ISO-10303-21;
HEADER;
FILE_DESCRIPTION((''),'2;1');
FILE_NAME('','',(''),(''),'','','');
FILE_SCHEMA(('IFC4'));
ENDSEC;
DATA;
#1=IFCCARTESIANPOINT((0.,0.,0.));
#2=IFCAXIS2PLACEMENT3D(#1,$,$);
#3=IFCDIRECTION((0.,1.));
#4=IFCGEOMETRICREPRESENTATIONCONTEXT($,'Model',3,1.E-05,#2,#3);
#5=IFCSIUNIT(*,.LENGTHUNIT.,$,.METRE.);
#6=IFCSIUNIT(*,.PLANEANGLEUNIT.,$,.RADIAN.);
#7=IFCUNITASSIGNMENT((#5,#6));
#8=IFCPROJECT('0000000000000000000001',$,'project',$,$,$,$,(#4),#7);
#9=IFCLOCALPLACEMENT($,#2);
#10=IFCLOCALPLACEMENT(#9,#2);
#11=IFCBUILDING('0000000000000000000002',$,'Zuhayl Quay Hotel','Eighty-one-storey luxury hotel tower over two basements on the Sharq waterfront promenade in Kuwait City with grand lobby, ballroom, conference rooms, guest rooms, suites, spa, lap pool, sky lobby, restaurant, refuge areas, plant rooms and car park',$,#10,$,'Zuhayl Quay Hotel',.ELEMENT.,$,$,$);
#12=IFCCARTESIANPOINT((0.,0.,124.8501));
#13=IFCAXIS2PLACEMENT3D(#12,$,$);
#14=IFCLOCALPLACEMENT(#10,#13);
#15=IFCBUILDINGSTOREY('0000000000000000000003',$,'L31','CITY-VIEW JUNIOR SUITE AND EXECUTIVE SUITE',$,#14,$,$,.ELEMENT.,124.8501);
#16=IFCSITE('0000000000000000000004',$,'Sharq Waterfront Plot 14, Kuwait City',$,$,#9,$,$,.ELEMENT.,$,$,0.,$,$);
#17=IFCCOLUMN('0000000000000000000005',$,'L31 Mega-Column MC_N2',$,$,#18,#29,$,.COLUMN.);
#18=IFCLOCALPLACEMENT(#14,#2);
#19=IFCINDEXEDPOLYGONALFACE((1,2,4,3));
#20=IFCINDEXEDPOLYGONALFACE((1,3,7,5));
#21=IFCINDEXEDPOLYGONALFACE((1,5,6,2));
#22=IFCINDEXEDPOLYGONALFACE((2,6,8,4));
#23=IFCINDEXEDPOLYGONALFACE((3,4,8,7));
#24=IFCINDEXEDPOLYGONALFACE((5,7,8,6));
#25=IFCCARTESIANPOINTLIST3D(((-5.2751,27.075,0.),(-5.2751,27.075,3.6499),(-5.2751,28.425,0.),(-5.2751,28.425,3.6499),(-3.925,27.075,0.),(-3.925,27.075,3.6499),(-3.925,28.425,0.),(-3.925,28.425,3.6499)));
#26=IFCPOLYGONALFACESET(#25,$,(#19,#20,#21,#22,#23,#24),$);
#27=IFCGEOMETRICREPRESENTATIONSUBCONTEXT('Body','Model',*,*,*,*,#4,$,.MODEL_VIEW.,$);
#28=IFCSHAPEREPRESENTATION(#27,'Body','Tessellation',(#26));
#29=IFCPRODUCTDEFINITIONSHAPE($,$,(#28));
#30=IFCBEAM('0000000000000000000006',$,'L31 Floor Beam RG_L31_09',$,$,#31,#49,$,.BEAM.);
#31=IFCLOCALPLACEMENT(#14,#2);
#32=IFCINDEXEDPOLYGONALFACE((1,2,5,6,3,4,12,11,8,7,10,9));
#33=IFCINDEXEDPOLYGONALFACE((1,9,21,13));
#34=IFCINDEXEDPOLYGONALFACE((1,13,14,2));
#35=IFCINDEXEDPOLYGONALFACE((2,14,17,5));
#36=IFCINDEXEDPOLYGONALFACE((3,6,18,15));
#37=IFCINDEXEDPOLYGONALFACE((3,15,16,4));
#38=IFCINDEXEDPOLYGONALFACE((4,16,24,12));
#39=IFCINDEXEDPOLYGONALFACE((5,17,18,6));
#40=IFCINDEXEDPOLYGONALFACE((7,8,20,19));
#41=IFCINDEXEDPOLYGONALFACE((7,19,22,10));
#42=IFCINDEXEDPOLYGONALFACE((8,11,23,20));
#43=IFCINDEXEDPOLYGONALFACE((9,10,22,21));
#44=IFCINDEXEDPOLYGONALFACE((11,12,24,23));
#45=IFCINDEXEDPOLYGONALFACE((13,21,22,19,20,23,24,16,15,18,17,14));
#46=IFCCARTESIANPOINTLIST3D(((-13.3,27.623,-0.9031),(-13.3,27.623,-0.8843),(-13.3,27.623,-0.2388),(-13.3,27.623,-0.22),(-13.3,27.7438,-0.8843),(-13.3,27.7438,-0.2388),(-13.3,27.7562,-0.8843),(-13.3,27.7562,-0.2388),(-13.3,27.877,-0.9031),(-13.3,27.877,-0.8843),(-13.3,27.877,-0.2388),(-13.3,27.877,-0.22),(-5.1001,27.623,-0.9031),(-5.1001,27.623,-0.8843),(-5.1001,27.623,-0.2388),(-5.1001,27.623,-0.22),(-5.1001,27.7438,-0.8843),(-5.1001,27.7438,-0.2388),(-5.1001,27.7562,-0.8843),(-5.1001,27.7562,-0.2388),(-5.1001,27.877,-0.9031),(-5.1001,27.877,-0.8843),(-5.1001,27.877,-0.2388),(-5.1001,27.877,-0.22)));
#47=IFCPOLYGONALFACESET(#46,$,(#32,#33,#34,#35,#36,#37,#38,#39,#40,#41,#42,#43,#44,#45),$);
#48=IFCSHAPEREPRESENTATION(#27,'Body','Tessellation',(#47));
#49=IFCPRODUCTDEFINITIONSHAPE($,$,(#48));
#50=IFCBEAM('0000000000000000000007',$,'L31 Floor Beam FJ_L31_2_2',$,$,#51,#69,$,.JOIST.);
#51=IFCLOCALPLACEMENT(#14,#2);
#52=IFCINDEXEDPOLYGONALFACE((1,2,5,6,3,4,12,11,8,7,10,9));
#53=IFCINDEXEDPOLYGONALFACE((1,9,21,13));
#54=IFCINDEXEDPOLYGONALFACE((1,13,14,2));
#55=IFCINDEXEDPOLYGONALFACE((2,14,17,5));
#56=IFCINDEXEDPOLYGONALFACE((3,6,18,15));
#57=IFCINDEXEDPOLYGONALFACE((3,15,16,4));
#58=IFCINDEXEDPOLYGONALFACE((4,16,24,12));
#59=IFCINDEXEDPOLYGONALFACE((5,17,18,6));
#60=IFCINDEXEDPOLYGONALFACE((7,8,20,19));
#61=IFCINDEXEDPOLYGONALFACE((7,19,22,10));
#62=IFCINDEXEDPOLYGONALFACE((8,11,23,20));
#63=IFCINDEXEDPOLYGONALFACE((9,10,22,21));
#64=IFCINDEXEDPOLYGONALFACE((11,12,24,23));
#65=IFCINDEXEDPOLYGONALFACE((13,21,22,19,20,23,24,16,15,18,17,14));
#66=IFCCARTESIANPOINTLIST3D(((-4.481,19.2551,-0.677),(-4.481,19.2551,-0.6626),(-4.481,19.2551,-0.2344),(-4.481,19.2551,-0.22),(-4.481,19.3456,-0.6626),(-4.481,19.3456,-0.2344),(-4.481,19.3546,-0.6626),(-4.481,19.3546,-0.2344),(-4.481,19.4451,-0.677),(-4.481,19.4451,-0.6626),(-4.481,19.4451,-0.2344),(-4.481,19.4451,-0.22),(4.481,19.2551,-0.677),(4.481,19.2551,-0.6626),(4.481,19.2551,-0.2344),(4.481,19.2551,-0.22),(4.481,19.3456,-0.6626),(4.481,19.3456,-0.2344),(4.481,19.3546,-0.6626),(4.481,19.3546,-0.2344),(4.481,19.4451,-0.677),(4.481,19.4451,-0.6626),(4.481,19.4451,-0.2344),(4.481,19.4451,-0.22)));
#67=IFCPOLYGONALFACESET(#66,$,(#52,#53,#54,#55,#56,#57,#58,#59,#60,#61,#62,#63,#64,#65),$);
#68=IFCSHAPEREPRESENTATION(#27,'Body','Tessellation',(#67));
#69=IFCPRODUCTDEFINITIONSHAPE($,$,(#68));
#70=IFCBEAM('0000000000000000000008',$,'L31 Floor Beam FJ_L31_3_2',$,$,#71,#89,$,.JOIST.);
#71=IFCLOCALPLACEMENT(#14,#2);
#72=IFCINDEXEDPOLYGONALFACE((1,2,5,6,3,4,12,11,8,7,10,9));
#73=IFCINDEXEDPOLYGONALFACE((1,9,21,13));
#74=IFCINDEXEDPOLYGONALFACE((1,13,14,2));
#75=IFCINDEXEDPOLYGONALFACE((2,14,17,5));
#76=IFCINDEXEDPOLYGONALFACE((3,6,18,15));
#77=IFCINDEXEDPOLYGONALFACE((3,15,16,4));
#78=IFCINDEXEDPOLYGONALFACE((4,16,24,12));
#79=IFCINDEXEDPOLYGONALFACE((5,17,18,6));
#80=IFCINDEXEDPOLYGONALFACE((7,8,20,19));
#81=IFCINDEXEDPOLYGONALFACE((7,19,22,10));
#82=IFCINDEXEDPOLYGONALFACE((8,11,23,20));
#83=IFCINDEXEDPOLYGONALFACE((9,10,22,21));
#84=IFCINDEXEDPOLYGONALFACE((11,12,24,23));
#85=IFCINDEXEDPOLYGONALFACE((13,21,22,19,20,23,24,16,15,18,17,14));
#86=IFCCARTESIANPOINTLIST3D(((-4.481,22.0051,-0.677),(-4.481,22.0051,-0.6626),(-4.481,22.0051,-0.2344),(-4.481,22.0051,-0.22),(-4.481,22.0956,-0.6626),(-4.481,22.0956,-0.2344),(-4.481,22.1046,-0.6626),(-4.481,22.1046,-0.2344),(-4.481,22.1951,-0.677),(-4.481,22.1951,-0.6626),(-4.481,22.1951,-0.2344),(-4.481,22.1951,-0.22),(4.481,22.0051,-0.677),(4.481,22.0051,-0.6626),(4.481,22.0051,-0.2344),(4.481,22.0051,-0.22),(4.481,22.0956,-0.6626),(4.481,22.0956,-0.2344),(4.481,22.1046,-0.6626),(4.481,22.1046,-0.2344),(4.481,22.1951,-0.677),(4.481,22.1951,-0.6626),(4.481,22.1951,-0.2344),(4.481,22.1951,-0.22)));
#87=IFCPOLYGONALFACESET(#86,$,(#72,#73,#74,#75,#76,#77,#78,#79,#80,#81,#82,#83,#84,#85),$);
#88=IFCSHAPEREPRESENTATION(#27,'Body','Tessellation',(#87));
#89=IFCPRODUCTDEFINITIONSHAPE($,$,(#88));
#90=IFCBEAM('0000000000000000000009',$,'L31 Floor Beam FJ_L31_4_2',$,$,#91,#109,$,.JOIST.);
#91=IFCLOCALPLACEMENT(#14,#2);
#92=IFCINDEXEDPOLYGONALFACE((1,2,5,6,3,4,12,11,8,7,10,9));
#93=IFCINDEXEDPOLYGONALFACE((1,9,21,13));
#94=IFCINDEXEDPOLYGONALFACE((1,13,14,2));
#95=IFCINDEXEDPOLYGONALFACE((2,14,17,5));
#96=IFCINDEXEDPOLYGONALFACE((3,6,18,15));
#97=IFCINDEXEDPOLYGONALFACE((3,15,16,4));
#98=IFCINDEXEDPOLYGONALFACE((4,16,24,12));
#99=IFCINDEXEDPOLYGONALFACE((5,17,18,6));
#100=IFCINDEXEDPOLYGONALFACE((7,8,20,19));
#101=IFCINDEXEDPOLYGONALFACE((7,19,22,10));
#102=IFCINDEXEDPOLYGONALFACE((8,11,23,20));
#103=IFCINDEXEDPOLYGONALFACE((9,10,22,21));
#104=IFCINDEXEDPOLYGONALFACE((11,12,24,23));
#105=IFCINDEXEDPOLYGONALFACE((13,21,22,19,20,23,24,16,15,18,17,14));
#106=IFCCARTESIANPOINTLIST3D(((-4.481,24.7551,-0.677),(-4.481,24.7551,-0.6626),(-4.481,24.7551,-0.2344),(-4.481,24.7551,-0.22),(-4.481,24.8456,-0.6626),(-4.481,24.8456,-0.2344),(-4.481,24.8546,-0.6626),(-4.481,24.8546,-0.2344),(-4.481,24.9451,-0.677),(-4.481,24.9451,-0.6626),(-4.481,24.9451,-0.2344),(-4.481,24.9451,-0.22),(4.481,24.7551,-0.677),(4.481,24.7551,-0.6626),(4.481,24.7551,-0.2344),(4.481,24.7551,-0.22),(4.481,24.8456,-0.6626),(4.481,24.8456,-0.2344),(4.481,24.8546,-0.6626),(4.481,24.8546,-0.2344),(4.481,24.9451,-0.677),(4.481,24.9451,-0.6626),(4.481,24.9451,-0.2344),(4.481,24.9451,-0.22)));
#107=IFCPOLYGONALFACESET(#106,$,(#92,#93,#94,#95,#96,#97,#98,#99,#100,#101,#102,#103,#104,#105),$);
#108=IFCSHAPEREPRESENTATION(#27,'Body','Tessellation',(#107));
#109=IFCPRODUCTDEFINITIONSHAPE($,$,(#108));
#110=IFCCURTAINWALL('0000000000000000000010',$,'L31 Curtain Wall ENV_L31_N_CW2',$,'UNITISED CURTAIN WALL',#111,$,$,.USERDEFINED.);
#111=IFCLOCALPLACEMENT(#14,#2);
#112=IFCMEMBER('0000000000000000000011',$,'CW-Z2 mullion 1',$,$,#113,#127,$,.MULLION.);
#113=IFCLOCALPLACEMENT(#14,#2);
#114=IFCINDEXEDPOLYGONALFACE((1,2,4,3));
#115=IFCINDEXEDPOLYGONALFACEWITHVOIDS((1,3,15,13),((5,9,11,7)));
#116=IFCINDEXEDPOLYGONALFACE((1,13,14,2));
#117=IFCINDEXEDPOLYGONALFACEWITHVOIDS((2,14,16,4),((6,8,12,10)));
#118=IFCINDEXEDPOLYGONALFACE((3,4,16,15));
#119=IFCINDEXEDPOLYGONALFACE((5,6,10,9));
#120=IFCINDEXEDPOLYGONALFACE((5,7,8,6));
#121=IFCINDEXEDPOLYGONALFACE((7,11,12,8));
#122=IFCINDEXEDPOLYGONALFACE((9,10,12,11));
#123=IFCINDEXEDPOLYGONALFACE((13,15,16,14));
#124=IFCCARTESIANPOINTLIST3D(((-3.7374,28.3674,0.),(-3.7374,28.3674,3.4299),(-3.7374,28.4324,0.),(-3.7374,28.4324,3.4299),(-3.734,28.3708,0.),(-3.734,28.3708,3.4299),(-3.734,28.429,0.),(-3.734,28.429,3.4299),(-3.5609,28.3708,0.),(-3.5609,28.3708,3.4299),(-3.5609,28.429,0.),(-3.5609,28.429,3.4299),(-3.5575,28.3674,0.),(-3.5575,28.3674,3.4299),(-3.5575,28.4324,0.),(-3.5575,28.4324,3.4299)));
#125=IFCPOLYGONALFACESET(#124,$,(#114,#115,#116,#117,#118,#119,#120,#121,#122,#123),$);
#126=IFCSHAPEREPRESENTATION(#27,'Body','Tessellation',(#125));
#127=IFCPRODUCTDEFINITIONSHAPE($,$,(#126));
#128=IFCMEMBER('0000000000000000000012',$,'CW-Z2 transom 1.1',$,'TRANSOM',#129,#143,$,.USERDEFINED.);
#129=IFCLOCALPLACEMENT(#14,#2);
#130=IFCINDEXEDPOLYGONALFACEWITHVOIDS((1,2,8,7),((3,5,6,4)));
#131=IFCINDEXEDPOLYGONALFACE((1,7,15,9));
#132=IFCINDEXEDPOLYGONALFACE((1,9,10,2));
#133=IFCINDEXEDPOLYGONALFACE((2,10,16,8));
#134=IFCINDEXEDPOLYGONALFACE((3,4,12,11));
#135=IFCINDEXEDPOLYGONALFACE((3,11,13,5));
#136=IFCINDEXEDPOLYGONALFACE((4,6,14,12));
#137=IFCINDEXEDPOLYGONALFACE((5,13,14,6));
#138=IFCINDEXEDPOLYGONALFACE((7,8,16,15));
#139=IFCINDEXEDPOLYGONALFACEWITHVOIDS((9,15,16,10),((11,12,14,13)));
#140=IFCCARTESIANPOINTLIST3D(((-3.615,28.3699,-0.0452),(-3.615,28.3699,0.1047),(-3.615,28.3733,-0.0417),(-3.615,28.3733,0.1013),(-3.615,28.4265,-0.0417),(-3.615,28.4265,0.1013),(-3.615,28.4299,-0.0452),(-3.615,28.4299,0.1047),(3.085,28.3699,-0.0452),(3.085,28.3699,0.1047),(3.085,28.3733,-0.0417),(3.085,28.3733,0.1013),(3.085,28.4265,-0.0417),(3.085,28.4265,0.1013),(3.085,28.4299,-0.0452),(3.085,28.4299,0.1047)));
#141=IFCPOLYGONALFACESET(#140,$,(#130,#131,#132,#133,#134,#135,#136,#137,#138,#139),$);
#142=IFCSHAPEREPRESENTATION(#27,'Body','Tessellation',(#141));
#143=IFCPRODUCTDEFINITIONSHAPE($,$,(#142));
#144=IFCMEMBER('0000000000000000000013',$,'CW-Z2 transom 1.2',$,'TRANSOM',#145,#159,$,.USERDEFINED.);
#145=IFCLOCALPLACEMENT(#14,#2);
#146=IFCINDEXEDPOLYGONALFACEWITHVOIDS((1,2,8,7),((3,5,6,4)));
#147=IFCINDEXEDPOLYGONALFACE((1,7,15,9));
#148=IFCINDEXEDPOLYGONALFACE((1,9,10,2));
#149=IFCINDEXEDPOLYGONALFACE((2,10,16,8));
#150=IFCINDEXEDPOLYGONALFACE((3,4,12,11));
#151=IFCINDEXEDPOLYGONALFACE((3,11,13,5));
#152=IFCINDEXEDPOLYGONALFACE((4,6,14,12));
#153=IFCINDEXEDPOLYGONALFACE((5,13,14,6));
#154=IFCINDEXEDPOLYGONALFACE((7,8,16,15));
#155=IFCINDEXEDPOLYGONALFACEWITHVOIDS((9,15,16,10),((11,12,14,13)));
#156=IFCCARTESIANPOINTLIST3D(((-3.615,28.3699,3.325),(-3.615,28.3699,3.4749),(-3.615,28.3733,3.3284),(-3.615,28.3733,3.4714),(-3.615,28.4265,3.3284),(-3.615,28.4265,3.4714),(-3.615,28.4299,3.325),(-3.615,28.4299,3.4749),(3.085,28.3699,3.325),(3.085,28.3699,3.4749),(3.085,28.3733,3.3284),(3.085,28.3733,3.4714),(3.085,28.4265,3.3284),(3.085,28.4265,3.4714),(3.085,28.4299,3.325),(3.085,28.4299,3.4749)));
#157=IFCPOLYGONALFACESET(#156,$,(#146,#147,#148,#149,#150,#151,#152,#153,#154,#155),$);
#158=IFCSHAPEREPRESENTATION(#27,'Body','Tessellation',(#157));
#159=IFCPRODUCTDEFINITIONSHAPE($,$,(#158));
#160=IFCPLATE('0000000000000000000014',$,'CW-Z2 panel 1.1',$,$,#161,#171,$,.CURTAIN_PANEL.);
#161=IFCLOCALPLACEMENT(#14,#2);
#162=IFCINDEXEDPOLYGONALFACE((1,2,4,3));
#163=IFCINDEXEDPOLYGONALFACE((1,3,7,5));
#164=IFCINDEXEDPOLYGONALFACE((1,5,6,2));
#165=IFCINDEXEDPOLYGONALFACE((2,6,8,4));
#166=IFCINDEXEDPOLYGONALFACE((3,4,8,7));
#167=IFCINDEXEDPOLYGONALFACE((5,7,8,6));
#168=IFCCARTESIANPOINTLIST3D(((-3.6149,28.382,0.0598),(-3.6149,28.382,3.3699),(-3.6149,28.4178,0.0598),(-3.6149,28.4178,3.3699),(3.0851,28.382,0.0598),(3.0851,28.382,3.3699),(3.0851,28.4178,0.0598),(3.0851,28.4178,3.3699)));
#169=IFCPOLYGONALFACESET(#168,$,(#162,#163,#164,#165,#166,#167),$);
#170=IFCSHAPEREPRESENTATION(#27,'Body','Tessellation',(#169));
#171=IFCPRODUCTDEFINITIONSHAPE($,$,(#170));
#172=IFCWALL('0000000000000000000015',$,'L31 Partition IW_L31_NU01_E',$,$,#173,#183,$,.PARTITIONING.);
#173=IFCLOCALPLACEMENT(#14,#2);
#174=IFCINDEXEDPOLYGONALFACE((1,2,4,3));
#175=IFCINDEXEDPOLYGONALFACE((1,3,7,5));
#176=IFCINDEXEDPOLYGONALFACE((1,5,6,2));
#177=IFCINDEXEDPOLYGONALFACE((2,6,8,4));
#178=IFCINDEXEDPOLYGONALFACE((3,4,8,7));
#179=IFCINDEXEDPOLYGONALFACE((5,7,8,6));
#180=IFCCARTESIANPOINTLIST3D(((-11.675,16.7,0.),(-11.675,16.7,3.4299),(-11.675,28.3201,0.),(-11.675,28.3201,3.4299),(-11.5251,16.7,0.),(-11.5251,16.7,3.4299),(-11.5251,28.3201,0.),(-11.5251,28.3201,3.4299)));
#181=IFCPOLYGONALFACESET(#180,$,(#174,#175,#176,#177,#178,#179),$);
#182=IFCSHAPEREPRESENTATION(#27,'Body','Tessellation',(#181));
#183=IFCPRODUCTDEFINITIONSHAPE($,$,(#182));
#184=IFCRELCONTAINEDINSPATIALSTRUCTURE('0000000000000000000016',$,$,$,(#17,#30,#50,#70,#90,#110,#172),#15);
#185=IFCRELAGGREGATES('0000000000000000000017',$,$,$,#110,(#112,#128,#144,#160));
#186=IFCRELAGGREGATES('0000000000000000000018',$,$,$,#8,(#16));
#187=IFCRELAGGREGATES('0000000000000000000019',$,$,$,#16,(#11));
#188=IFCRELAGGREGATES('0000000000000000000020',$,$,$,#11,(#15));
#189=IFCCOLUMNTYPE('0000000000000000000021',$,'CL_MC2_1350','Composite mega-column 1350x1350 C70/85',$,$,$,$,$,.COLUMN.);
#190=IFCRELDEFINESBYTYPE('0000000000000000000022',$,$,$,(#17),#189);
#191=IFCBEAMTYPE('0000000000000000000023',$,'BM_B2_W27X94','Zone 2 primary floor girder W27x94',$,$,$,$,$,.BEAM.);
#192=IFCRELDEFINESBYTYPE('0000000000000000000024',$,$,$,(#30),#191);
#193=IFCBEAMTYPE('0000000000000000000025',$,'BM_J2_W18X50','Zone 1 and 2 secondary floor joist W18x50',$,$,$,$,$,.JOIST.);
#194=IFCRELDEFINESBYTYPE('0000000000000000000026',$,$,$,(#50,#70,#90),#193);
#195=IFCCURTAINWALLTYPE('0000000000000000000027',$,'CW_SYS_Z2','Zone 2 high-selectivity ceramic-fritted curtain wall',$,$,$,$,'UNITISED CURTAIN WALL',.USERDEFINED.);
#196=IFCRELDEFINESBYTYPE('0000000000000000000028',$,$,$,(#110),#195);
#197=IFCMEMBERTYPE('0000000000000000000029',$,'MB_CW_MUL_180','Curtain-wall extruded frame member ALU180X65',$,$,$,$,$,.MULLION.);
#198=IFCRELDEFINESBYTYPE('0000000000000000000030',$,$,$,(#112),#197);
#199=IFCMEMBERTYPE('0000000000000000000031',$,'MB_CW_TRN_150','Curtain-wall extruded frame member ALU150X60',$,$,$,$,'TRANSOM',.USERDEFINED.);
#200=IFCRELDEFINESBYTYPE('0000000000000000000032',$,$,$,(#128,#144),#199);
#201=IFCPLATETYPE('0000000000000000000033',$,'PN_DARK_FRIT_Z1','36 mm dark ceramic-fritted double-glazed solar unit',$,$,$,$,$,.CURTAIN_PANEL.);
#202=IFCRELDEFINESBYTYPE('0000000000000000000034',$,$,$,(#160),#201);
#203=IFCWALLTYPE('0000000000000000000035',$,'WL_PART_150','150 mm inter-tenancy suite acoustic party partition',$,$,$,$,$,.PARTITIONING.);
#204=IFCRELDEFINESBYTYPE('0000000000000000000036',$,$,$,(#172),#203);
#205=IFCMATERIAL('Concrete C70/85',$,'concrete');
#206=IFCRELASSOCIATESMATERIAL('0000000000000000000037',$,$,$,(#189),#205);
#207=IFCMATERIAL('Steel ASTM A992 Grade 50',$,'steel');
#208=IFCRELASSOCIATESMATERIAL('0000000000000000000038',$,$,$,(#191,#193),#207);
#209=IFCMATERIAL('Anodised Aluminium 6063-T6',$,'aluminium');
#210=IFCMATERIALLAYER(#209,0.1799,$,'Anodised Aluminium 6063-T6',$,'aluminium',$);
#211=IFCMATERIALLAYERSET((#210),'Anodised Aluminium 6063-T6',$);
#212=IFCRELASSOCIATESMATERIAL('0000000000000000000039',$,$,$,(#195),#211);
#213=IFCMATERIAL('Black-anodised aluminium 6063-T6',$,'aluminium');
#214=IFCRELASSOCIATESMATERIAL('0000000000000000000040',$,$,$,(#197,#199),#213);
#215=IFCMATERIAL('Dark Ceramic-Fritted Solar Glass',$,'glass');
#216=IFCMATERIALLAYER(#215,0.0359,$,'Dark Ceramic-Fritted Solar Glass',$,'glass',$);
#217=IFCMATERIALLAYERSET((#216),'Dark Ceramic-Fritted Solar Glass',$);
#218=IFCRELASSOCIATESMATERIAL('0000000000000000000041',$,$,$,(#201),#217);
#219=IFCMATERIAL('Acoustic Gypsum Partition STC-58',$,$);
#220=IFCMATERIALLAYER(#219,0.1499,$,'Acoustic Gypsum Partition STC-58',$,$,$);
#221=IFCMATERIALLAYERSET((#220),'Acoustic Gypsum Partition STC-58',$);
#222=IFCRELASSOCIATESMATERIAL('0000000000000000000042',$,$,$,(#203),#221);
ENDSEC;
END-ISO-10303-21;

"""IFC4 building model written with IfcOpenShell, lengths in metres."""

from ifc_helpers import new_model, si_unit, direction, frame, frame_2d, origin, origin_2d, place, context, subcontext, project, spatial, rectangle, hollow_rectangle, i_section, extrude, material, layer, layer_set, material_profile, profile_set, type_object, element, aggregate, save


model = new_model("IFC4")

# Units and contexts
model_context = context("Model", 3, precision=1e-05, world=origin(), true_north=direction((0.0, 1.0)))
body_context = subcontext(model_context, "Body", "Model", "MODEL_VIEW")
ifc_project = project(units=[si_unit("LENGTHUNIT", "METRE"), si_unit("PLANEANGLEUNIT", "RADIAN")], contexts=[model_context])

# Site, building, storey
site_placement = place(None, origin())
site = spatial("IfcSite", under=ifc_project, at=site_placement, Name="Sharq Waterfront Plot 14, Kuwait City", CompositionType="ELEMENT", RefElevation=0.0)
building_placement = place(site_placement, origin())
building = spatial("IfcBuilding", under=site, at=building_placement, Name="Zuhayl Quay Hotel", Description="Eighty-one-storey luxury hotel tower over two basements on the Sharq waterfront promenade in Kuwait City with grand lobby, ballroom, conference rooms, guest rooms, suites, spa, lap pool, sky lobby, restaurant, refuge areas, plant rooms and car park", LongName="Zuhayl Quay Hotel", CompositionType="ELEMENT")
storey_placement = place(building_placement, frame((0.0, 0.0, 124.8501)))
storey = spatial("IfcBuildingStorey", under=building, at=storey_placement, Name="L31", Description="CITY-VIEW JUNIOR SUITE AND EXECUTIVE SUITE", CompositionType="ELEMENT", Elevation=124.8501)

# Column
ifc_material_1 = material(Name="Concrete C70/85", Category="concrete")
ifc_material_profile_1 = material_profile(ifc_material_1, rectangle(XDim=1.3501, YDim=1.3501, at=origin_2d()), Name="RC1350X1350")
ifc_profile_set_1 = profile_set([ifc_material_profile_1], Name="Concrete C70/85")
column_type = type_object("IfcColumnType", Name="CL_MC2_1350", Description="Composite mega-column 1350x1350 C70/85", PredefinedType="COLUMN", material=ifc_profile_set_1)
column_placement = place(storey_placement, frame((-4.6001, 27.75, 0.0), z_axis=(0.0, 0.0, 1.0), x_axis=(1.0, 0.0, 0.0)))
element("IfcColumn", 1, at=column_placement, inside=storey, type_object=column_type, Name="L31 Mega-Column MC_N2", PredefinedType="COLUMN", context=body_context, shape_type="SweptSolid", body=[
    extrude(rectangle(XDim=1.3501, YDim=1.3501, at=origin_2d()), origin(), (0.0, 0.0, 1.0), 3.6499),
])

# Beams
ifc_material_2 = material(Name="Steel ASTM A992 Grade 50", Category="steel")
ifc_material_profile_2 = material_profile(ifc_material_2, i_section(OverallWidth=0.2539, OverallDepth=0.6831, WebThickness=0.0125, FlangeThickness=0.0188, at=origin_2d()), Name="W27X94")
ifc_profile_set_2 = profile_set([ifc_material_profile_2], Name="Steel ASTM A992 Grade 50")
beam_type_1 = type_object("IfcBeamType", Name="BM_B2_W27X94", Description="Zone 2 primary floor girder W27x94", PredefinedType="BEAM", material=ifc_profile_set_2)
beam_placement = place(storey_placement, frame((-5.1001, 27.75, -0.5615), z_axis=(-1.0, 0.0, 0.0), x_axis=(0.0, -1.0, 0.0)))
element("IfcBeam", 2, at=beam_placement, inside=storey, type_object=beam_type_1, Name="L31 Floor Beam RG_L31_09", PredefinedType="BEAM", context=body_context, shape_type="SweptSolid", body=[
    extrude(i_section(OverallWidth=0.2539, OverallDepth=0.6831, WebThickness=0.0125, FlangeThickness=0.0188, at=origin_2d()), origin(), (0.0, 0.0, 1.0), 8.2),
])
ifc_material_profile_3 = material_profile(ifc_material_2, i_section(OverallWidth=0.1899, OverallDepth=0.457, WebThickness=0.009, FlangeThickness=0.0144, at=origin_2d()), Name="W18X50")
ifc_profile_set_3 = profile_set([ifc_material_profile_3], Name="Steel ASTM A992 Grade 50")
beam_type_2 = type_object("IfcBeamType", Name="BM_J2_W18X50", Description="Zone 1 and 2 secondary floor joist W18x50", PredefinedType="JOIST", material=ifc_profile_set_3)
for number, where, z_axis, x_axis, name in (
    (3, (-4.481, 19.3501, -0.4485), (1.0, 0.0, 0.0), (0.0, 1.0, 0.0), "L31 Floor Beam FJ_L31_2_2"),
    (4, (-4.481, 22.1001, -0.4485), (1.0, 0.0, 0.0), (0.0, 1.0, 0.0), "L31 Floor Beam FJ_L31_3_2"),
    (5, (-4.481, 24.8501, -0.4485), (1.0, 0.0, 0.0), (0.0, 1.0, 0.0), "L31 Floor Beam FJ_L31_4_2"),
):
    element("IfcBeam", number, at=place(storey_placement, frame(where, z_axis=z_axis, x_axis=x_axis)), inside=storey, type_object=beam_type_2, Name=name, PredefinedType="JOIST", context=body_context, shape_type="SweptSolid", body=[
        extrude(i_section(OverallWidth=0.1899, OverallDepth=0.457, WebThickness=0.009, FlangeThickness=0.0144, at=origin_2d()), origin(), (0.0, 0.0, 1.0), 8.9619),
    ])

# Curtain wall, members, plate
ifc_material_3 = material(Name="Anodised Aluminium 6063-T6", Category="aluminium")
ifc_layer_1 = layer(ifc_material_3, 0.1799, Name="Anodised Aluminium 6063-T6", Category="aluminium")
ifc_layer_set_1 = layer_set([ifc_layer_1], Name="Anodised Aluminium 6063-T6")
curtain_wall_type = type_object("IfcCurtainWallType", Name="CW_SYS_Z2", Description="Zone 2 high-selectivity ceramic-fritted curtain wall", ElementType="UNITISED CURTAIN WALL", PredefinedType="USERDEFINED", material=ifc_layer_set_1)
curtain_wall_placement = place(storey_placement, origin())
curtain_wall = element("IfcCurtainWall", 6, at=curtain_wall_placement, inside=storey, type_object=curtain_wall_type, Name="L31 Curtain Wall ENV_L31_N_CW2", ObjectType="UNITISED CURTAIN WALL", PredefinedType="USERDEFINED")
ifc_material_4 = material(Name="Black-anodised aluminium 6063-T6", Category="aluminium")
ifc_material_profile_4 = material_profile(ifc_material_4, hollow_rectangle(XDim=0.0649, YDim=0.1799, WallThickness=0.0034, at=origin_2d()), Name="ALU180X65")
ifc_profile_set_4 = profile_set([ifc_material_profile_4], Name="Black-anodised aluminium 6063-T6")
member_type_1 = type_object("IfcMemberType", Name="MB_CW_MUL_180", Description="Curtain-wall extruded frame member ALU180X65", PredefinedType="MULLION", material=ifc_profile_set_4)
member_1_placement = place(storey_placement, frame((-3.6475, 28.3999, 0.0), z_axis=(0.0, 0.0, 1.0), x_axis=(0.0, 1.0, 0.0)))
member_1 = element("IfcMember", 7, at=member_1_placement, type_object=member_type_1, Name="CW-Z2 mullion 1", PredefinedType="MULLION", context=body_context, shape_type="SweptSolid", body=[
    extrude(hollow_rectangle(XDim=0.0649, YDim=0.1799, WallThickness=0.0034, at=origin_2d()), origin(), (0.0, 0.0, 1.0), 3.4299),
])
ifc_material_profile_5 = material_profile(ifc_material_4, hollow_rectangle(XDim=0.0601, YDim=0.1499, WallThickness=0.0034, at=origin_2d()), Name="ALU150X60")
ifc_profile_set_5 = profile_set([ifc_material_profile_5], Name="Black-anodised aluminium 6063-T6")
member_type_2 = type_object("IfcMemberType", Name="MB_CW_TRN_150", Description="Curtain-wall extruded frame member ALU150X60", ElementType="TRANSOM", PredefinedType="USERDEFINED", material=ifc_profile_set_5)
member_2_placement = place(storey_placement, frame((-3.615, 28.3999, 0.0298), z_axis=(1.0, 0.0, 0.0), x_axis=(0.0, 1.0, 0.0)))
member_2 = element("IfcMember", 8, at=member_2_placement, type_object=member_type_2, Name="CW-Z2 transom 1.1", ObjectType="TRANSOM", PredefinedType="USERDEFINED", context=body_context, shape_type="SweptSolid", body=[
    extrude(hollow_rectangle(XDim=0.0601, YDim=0.1499, WallThickness=0.0034, at=origin_2d()), origin(), (0.0, 0.0, 1.0), 6.7),
])
member_3_placement = place(storey_placement, frame((-3.615, 28.3999, 3.3999), z_axis=(1.0, 0.0, 0.0), x_axis=(0.0, 1.0, 0.0)))
member_3 = element("IfcMember", 9, at=member_3_placement, type_object=member_type_2, Name="CW-Z2 transom 1.2", ObjectType="TRANSOM", PredefinedType="USERDEFINED", context=body_context, shape_type="SweptSolid", body=[
    extrude(hollow_rectangle(XDim=0.0601, YDim=0.1499, WallThickness=0.0034, at=origin_2d()), origin(), (0.0, 0.0, 1.0), 6.7),
])
ifc_material_5 = material(Name="Dark Ceramic-Fritted Solar Glass", Category="glass")
ifc_layer_2 = layer(ifc_material_5, 0.0359, Name="Dark Ceramic-Fritted Solar Glass", Category="glass")
ifc_layer_set_2 = layer_set([ifc_layer_2], Name="Dark Ceramic-Fritted Solar Glass")
plate_type = type_object("IfcPlateType", Name="PN_DARK_FRIT_Z1", Description="36 mm dark ceramic-fritted double-glazed solar unit", PredefinedType="CURTAIN_PANEL", material=ifc_layer_set_2)
plate_placement = place(storey_placement, frame((-0.2649, 28.3999, 0.0598), z_axis=(0.0, 0.0, 1.0), x_axis=(1.0, 0.0, 0.0)))
plate = element("IfcPlate", 10, at=plate_placement, type_object=plate_type, Name="CW-Z2 panel 1.1", PredefinedType="CURTAIN_PANEL", context=body_context, shape_type="SweptSolid", body=[
    extrude(rectangle(XDim=6.7, YDim=0.0359, at=origin_2d()), origin(), (0.0, 0.0, 1.0), 3.3101),
])
aggregate(curtain_wall, [member_1, member_2, member_3, plate])

# Wall
ifc_material_6 = material(Name="Acoustic Gypsum Partition STC-58")
ifc_layer_3 = layer(ifc_material_6, 0.1499, Name="Acoustic Gypsum Partition STC-58")
ifc_layer_set_3 = layer_set([ifc_layer_3], Name="Acoustic Gypsum Partition STC-58")
wall_type_1 = type_object("IfcWallType", Name="WL_PART_150", Description="150 mm inter-tenancy suite acoustic party partition", PredefinedType="PARTITIONING", material=ifc_layer_set_3)
wall_1_placement = place(storey_placement, frame((-11.6001, 16.7, 0.0), z_axis=(0.0, 0.0, 1.0), x_axis=(0.0, 1.0, 0.0)))
element("IfcWall", 11, at=wall_1_placement, inside=storey, type_object=wall_type_1, Name="L31 Partition IW_L31_NU01_E", PredefinedType="PARTITIONING", context=body_context, shape_type="SweptSolid", body=[
    extrude(rectangle(XDim=11.6201, YDim=0.1499, at=frame_2d((5.8101, 0.0))), origin(), (0.0, 0.0, 1.0), 3.4299),
])

save(model, "model.ifc")
